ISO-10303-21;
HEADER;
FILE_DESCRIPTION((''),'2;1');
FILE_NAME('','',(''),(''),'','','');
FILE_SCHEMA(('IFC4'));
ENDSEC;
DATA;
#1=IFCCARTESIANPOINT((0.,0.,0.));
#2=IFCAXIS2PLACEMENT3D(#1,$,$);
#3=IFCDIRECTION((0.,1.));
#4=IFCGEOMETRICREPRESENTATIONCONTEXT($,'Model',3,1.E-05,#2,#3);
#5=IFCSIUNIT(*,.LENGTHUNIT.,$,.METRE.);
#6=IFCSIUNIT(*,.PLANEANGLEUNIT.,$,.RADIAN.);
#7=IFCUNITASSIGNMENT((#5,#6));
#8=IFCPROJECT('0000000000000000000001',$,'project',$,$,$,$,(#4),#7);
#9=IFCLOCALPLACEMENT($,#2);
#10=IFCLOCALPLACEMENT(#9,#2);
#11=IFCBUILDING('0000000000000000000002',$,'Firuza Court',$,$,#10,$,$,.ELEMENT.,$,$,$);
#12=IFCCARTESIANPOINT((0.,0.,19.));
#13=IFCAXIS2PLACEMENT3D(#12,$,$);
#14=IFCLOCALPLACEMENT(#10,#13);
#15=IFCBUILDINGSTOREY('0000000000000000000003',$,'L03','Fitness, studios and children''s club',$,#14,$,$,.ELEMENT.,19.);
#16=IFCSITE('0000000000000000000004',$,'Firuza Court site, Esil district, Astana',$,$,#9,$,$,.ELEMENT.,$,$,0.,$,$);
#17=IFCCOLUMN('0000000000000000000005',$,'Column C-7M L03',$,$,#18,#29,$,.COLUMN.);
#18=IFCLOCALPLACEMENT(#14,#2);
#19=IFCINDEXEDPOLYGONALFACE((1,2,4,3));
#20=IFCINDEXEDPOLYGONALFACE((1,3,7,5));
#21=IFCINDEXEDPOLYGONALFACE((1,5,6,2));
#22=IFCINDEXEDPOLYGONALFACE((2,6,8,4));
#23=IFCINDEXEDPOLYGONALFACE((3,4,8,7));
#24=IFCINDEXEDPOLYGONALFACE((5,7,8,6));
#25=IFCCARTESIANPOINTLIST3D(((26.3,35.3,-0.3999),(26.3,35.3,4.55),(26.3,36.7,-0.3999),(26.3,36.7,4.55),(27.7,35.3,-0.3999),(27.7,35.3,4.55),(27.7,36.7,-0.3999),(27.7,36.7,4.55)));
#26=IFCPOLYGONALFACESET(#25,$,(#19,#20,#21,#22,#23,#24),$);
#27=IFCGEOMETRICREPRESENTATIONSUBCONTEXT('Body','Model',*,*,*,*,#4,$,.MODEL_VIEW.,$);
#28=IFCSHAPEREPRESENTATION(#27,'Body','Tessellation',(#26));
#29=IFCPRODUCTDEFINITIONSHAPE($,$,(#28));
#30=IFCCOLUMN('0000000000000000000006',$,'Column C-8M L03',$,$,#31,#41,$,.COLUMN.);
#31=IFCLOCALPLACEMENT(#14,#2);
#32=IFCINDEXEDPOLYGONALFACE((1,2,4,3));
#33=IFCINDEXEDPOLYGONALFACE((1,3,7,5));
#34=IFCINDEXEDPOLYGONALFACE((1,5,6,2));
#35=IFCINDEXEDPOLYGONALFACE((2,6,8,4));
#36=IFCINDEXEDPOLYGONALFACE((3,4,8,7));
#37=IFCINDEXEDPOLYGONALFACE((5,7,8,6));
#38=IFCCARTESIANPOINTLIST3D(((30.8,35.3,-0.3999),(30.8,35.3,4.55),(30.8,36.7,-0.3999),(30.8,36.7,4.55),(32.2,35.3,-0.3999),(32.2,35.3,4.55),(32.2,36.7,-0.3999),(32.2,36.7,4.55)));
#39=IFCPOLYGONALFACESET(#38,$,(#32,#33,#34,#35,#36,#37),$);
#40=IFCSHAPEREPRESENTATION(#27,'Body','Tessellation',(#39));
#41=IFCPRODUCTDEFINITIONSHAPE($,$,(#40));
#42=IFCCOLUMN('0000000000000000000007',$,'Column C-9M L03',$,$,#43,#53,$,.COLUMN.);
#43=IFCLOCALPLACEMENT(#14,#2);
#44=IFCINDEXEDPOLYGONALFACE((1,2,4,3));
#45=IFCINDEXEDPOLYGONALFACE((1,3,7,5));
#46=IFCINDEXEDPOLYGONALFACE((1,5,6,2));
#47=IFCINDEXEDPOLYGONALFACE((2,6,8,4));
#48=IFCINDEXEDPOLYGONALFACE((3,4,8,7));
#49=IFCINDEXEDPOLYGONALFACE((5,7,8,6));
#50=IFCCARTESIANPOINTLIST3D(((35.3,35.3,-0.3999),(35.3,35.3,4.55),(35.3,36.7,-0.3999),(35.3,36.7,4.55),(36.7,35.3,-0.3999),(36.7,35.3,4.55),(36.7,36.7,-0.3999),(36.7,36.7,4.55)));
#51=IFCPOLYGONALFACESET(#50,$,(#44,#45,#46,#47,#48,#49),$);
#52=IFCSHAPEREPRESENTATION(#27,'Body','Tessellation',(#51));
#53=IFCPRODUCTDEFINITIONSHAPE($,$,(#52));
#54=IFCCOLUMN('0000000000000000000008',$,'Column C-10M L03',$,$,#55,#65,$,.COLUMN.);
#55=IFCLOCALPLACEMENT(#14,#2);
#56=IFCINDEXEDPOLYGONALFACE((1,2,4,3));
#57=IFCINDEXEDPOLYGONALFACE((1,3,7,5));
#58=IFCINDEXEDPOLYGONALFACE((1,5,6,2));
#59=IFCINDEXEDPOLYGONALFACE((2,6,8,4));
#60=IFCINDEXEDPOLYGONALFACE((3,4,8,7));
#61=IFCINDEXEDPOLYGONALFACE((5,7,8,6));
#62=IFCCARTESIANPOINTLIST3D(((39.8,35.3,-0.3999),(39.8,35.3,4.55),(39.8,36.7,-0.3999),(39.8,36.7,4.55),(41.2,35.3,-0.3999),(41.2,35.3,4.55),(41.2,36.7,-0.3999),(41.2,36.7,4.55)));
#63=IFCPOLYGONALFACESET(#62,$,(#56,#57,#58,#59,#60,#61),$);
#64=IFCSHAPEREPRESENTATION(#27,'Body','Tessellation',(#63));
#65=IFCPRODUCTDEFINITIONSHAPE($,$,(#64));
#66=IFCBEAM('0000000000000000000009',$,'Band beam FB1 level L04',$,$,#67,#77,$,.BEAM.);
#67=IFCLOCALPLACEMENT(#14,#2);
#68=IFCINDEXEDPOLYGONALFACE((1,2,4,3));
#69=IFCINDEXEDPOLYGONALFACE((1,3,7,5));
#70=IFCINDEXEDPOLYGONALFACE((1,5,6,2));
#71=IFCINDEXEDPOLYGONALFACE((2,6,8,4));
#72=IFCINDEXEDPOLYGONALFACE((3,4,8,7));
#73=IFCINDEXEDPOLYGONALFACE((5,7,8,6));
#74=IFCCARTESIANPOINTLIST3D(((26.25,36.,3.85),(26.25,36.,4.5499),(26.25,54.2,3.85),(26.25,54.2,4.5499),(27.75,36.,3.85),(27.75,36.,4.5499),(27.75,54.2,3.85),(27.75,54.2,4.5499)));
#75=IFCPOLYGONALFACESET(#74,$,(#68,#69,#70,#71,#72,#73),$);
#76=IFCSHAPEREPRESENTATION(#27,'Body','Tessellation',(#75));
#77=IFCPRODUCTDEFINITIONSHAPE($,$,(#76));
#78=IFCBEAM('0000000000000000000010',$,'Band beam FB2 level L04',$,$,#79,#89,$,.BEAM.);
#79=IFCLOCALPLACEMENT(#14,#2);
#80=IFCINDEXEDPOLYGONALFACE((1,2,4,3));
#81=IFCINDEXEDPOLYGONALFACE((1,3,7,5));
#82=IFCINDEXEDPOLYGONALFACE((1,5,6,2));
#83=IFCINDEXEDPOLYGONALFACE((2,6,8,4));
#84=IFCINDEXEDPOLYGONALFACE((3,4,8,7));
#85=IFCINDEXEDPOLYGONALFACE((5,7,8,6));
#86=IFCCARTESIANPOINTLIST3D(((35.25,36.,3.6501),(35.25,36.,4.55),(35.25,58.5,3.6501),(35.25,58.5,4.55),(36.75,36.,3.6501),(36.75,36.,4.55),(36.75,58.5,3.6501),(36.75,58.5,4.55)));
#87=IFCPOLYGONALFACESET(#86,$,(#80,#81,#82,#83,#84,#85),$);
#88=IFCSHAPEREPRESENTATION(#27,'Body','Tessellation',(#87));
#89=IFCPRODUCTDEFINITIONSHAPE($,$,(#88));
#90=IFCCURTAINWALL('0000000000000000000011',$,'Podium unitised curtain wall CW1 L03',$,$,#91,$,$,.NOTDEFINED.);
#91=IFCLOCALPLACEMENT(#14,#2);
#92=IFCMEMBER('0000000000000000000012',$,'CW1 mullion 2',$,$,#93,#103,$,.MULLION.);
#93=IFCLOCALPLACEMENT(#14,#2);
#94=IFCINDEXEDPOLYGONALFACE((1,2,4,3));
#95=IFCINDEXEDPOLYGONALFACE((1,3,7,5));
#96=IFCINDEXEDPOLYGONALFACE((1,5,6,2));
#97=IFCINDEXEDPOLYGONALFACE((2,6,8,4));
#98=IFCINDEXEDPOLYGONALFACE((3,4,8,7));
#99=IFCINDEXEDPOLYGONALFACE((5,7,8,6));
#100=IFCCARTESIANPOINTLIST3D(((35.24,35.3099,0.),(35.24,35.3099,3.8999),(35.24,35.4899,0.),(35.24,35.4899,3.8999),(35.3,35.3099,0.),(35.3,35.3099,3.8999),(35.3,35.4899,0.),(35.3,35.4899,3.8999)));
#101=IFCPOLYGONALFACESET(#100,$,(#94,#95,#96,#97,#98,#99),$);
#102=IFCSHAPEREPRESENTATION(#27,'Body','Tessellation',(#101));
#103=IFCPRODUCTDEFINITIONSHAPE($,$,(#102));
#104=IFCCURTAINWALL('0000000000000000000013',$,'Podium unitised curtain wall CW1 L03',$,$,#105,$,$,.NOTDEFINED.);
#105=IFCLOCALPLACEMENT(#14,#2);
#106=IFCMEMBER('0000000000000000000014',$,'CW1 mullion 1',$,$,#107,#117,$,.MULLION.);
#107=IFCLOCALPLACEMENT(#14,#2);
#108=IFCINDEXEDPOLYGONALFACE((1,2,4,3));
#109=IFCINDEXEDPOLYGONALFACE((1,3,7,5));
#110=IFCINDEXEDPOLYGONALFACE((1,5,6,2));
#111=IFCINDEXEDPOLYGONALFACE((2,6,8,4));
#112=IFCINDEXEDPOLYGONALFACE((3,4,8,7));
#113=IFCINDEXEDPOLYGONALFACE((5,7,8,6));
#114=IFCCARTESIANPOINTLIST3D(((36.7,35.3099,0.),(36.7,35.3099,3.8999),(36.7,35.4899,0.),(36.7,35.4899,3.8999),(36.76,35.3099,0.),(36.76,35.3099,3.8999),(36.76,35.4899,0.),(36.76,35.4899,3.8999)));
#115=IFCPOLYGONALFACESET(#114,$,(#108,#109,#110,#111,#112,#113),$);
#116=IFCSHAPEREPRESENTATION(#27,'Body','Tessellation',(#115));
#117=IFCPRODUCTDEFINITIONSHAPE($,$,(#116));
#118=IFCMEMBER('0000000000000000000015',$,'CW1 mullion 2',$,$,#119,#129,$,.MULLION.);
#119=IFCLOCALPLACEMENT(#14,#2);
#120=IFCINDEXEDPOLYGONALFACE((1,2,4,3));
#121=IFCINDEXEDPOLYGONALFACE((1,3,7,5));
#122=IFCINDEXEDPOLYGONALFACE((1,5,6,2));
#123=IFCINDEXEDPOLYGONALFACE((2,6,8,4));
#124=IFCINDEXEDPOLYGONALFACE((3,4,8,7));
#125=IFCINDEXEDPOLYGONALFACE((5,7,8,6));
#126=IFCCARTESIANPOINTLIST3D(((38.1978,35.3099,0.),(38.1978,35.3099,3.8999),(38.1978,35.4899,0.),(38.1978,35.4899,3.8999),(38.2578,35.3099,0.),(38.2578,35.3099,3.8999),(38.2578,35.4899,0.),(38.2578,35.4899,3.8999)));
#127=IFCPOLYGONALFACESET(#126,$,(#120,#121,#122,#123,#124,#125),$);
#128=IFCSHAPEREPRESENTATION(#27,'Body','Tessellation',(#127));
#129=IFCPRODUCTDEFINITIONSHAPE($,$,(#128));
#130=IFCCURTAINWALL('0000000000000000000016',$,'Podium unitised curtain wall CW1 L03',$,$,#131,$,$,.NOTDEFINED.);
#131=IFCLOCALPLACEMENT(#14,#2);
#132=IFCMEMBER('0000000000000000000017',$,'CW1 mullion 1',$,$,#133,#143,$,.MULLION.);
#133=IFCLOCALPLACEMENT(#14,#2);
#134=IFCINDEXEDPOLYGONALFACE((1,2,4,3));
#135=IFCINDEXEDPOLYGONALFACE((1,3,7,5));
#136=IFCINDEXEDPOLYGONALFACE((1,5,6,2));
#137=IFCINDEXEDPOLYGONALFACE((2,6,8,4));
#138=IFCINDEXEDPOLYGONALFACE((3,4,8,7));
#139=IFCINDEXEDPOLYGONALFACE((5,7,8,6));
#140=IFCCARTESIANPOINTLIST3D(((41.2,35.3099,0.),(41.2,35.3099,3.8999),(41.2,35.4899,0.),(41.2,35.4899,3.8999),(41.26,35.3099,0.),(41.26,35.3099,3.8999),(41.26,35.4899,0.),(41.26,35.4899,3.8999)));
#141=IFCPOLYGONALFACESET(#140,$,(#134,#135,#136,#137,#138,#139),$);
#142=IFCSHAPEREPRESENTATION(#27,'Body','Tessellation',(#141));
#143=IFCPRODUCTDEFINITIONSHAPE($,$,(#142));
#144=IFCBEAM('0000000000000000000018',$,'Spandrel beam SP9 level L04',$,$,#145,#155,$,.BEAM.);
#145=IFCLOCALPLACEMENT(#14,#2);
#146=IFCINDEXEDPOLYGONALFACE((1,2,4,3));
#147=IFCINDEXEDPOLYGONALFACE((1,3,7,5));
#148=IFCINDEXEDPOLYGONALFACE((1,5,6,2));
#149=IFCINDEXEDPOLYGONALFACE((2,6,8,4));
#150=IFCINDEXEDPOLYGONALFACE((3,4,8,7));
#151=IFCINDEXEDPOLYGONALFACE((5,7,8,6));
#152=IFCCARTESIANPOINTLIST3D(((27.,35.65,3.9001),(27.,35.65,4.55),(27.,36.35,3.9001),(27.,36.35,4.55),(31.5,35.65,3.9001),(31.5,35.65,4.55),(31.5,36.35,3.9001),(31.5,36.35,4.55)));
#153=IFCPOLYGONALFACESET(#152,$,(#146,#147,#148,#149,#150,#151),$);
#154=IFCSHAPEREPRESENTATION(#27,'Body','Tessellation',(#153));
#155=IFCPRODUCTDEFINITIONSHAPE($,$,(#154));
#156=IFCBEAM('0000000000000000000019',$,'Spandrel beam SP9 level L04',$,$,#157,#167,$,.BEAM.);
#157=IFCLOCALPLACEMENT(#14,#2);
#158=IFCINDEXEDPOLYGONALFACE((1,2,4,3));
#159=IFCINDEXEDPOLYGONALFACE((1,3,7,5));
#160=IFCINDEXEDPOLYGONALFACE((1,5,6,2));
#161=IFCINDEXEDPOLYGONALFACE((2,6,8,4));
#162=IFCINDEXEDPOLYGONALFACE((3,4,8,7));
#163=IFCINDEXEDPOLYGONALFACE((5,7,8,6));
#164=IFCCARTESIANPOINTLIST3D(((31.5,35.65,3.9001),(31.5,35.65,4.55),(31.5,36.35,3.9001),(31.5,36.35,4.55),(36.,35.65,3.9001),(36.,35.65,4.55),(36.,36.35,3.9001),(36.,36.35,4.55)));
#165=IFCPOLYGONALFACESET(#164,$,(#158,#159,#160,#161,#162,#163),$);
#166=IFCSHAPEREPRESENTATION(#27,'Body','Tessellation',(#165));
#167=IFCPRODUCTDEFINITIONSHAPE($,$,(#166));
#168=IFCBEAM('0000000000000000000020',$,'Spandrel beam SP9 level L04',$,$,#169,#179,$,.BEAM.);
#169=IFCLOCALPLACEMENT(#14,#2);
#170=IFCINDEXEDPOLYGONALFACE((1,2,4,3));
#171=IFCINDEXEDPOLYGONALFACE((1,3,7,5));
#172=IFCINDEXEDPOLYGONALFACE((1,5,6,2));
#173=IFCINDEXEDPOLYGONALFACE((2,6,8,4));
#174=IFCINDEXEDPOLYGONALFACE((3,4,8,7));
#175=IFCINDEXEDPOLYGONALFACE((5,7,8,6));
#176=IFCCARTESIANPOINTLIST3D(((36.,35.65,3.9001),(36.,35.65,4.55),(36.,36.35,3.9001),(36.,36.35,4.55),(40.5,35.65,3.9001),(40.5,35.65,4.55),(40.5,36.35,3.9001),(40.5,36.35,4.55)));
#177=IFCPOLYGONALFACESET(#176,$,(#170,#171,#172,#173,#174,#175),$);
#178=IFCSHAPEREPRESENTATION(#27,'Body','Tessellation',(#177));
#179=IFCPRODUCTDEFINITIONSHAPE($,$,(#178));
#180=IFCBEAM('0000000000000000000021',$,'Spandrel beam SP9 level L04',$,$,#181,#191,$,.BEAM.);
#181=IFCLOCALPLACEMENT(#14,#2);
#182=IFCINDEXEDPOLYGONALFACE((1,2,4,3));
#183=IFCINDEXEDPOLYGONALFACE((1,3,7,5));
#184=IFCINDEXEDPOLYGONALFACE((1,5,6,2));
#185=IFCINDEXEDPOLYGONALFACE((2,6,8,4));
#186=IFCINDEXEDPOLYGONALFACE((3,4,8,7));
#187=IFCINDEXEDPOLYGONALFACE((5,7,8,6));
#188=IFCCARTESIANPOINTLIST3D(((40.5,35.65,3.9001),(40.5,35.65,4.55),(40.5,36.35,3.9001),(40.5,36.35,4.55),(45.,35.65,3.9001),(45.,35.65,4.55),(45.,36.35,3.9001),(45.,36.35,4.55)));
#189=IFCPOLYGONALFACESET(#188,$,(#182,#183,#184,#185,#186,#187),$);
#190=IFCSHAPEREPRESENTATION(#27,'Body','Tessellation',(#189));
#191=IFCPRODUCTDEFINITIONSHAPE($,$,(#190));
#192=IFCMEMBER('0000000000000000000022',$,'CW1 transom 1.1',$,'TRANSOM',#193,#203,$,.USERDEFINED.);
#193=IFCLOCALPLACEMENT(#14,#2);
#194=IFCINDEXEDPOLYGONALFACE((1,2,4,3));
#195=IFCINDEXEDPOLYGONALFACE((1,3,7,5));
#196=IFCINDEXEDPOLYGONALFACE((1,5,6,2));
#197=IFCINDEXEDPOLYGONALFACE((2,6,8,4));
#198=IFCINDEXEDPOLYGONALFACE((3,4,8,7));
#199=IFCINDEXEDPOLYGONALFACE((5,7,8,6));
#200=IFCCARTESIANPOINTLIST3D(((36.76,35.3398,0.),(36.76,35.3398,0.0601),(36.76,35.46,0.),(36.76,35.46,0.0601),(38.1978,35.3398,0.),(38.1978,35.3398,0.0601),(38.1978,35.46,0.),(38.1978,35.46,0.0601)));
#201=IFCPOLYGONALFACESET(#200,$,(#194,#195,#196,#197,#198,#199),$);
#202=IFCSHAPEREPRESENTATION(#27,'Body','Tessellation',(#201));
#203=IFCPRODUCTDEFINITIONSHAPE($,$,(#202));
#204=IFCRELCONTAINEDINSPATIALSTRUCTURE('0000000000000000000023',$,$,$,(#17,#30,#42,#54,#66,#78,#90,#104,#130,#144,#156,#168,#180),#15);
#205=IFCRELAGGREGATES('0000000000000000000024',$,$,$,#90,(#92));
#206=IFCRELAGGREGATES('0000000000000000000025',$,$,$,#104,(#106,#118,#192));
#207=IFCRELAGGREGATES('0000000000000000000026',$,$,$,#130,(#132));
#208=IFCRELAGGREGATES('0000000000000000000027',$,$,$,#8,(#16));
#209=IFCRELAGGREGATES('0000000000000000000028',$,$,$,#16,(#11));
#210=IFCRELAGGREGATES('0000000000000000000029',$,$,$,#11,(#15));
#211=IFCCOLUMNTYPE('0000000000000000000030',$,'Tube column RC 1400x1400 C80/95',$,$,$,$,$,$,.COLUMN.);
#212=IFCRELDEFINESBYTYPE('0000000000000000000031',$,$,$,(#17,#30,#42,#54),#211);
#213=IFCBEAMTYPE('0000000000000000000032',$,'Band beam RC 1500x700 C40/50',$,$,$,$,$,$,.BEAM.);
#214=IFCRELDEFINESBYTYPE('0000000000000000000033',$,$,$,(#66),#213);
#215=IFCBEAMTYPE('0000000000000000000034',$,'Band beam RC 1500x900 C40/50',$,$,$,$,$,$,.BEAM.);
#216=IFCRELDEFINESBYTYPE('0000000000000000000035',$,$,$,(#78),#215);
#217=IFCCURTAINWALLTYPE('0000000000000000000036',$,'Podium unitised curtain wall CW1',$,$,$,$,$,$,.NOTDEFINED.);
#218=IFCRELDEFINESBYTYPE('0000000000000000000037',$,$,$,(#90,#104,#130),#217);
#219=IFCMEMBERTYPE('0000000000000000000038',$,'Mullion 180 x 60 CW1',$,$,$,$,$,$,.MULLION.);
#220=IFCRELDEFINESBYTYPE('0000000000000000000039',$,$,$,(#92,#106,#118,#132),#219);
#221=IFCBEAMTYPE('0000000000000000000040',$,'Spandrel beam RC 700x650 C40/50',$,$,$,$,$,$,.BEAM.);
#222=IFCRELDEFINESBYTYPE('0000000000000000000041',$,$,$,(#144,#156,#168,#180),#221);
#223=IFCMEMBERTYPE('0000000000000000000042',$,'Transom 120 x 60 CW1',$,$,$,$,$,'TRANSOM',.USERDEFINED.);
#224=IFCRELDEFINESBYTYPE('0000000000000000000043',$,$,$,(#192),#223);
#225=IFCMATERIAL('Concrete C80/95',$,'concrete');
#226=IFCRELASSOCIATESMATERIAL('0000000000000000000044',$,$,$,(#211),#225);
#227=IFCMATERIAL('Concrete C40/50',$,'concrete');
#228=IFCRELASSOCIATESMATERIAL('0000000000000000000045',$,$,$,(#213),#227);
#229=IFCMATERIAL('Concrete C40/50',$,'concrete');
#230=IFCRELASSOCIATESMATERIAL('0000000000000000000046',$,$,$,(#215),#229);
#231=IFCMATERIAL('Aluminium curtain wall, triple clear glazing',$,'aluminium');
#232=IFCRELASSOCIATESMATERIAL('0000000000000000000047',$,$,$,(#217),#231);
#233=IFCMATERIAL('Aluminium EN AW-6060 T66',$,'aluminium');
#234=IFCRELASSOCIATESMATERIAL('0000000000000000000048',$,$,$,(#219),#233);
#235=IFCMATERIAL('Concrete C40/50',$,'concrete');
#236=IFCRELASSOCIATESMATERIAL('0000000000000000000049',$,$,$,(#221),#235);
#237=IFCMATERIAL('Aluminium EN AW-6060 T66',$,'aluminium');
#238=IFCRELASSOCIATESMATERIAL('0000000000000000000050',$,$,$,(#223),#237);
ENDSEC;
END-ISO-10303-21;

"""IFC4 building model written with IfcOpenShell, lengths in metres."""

from ifc_helpers import new_model, si_unit, direction, frame, origin, origin_2d, place, context, subcontext, project, spatial, rectangle, extrude, material, material_profile, profile_set, type_object, element, aggregate, save


model = new_model("IFC4")

# Units and contexts
model_context = context("Model", 3, precision=1e-05, world=origin(), true_north=direction((0.0, 1.0)))
body_context = subcontext(model_context, "Body", "Model", "MODEL_VIEW")
ifc_project = project(units=[si_unit("LENGTHUNIT", "METRE"), si_unit("PLANEANGLEUNIT", "RADIAN")], contexts=[model_context])

# Site, building, storey
site_placement = place(None, origin())
site = spatial("IfcSite", under=ifc_project, at=site_placement, Name="Firuza Court site, Esil district, Astana", CompositionType="ELEMENT", RefElevation=0.0)
building_placement = place(site_placement, origin())
building = spatial("IfcBuilding", under=site, at=building_placement, Name="Firuza Court", CompositionType="ELEMENT")
storey_placement = place(building_placement, frame((0.0, 0.0, 19.0)))
storey = spatial("IfcBuildingStorey", under=building, at=storey_placement, Name="L03", Description="Fitness, studios and children's club", CompositionType="ELEMENT", Elevation=19.0)

# Columns
ifc_material_1 = material(Name="Concrete C80/95", Category="concrete")
ifc_material_profile_1 = material_profile(ifc_material_1, rectangle(XDim=1.3999, YDim=1.3999, at=origin_2d()), Name="RC 1400x1400")
ifc_profile_set_1 = profile_set([ifc_material_profile_1], Name="Concrete C80/95")
column_type = type_object("IfcColumnType", Name="Tube column RC 1400x1400 C80/95", PredefinedType="COLUMN", material=ifc_profile_set_1)
for number, where, z_axis, x_axis, name in (
    (1, (27.0, 36.0, -0.3999), (0.0, 0.0, 1.0), (1.0, 0.0, 0.0), "Column C-7M L03"),
    (2, (31.5, 36.0, -0.3999), (0.0, 0.0, 1.0), (1.0, 0.0, 0.0), "Column C-8M L03"),
    (3, (36.0, 36.0, -0.3999), (0.0, 0.0, 1.0), (1.0, 0.0, 0.0), "Column C-9M L03"),
    (4, (40.5, 36.0, -0.3999), (0.0, 0.0, 1.0), (1.0, 0.0, 0.0), "Column C-10M L03"),
):
    element("IfcColumn", number, at=place(storey_placement, frame(where, z_axis=z_axis, x_axis=x_axis)), inside=storey, type_object=column_type, Name=name, PredefinedType="COLUMN", context=body_context, shape_type="SweptSolid", body=[
        extrude(rectangle(XDim=1.3999, YDim=1.3999, at=origin_2d()), origin(), (0.0, 0.0, 1.0), 4.95),
    ])

# Beams
ifc_material_2 = material(Name="Concrete C40/50", Category="concrete")
ifc_material_profile_2 = material_profile(ifc_material_2, rectangle(XDim=1.5, YDim=0.7, at=origin_2d()), Name="RC 1500x700")
ifc_profile_set_2 = profile_set([ifc_material_profile_2], Name="Concrete C40/50")
beam_type_1 = type_object("IfcBeamType", Name="Band beam RC 1500x700 C40/50", PredefinedType="BEAM", material=ifc_profile_set_2)
beam_1_placement = place(storey_placement, frame((27.0, 36.0, 4.2), z_axis=(0.0, 1.0, 0.0), x_axis=(-1.0, 0.0, 0.0)))
element("IfcBeam", 5, at=beam_1_placement, inside=storey, type_object=beam_type_1, Name="Band beam FB1 level L04", PredefinedType="BEAM", context=body_context, shape_type="SweptSolid", body=[
    extrude(rectangle(XDim=1.5, YDim=0.7, at=origin_2d()), origin(), (0.0, 0.0, 1.0), 18.2),
])
ifc_material_3 = material(Name="Concrete C40/50", Category="concrete")
ifc_material_profile_3 = material_profile(ifc_material_3, rectangle(XDim=1.5, YDim=0.8999, at=origin_2d()), Name="RC 1500x900")
ifc_profile_set_3 = profile_set([ifc_material_profile_3], Name="Concrete C40/50")
beam_type_2 = type_object("IfcBeamType", Name="Band beam RC 1500x900 C40/50", PredefinedType="BEAM", material=ifc_profile_set_3)
beam_2_placement = place(storey_placement, frame((36.0, 36.0, 4.1001), z_axis=(0.0, 1.0, 0.0), x_axis=(-1.0, 0.0, 0.0)))
element("IfcBeam", 6, at=beam_2_placement, inside=storey, type_object=beam_type_2, Name="Band beam FB2 level L04", PredefinedType="BEAM", context=body_context, shape_type="SweptSolid", body=[
    extrude(rectangle(XDim=1.5, YDim=0.8999, at=origin_2d()), origin(), (0.0, 0.0, 1.0), 22.5),
])

# Curtain wall, member
ifc_material_4 = material(Name="Aluminium curtain wall, triple clear glazing", Category="aluminium")
curtain_wall_type = type_object("IfcCurtainWallType", Name="Podium unitised curtain wall CW1", PredefinedType="NOTDEFINED", material=ifc_material_4)
curtain_wall_1_placement = place(storey_placement, origin())
curtain_wall_1 = element("IfcCurtainWall", 7, at=curtain_wall_1_placement, inside=storey, type_object=curtain_wall_type, Name="Podium unitised curtain wall CW1 L03", PredefinedType="NOTDEFINED")
ifc_material_5 = material(Name="Aluminium EN AW-6060 T66", Category="aluminium")
ifc_material_profile_4 = material_profile(ifc_material_5, rectangle(XDim=0.1799, YDim=0.0601, at=origin_2d()), Name="Mullion 180 x 60 CW1")
ifc_profile_set_4 = profile_set([ifc_material_profile_4], Name="Aluminium EN AW-6060 T66")
member_type_1 = type_object("IfcMemberType", Name="Mullion 180 x 60 CW1", PredefinedType="MULLION", material=ifc_profile_set_4)
member_1_placement = place(storey_placement, frame((35.27, 35.3999, 0.0), z_axis=(0.0, 0.0, 1.0), x_axis=(0.0, 1.0, 0.0)))
member_1 = element("IfcMember", 8, at=member_1_placement, type_object=member_type_1, Name="CW1 mullion 2", PredefinedType="MULLION", context=body_context, shape_type="SweptSolid", body=[
    extrude(rectangle(XDim=0.1799, YDim=0.0601, at=origin_2d()), origin(), (0.0, 0.0, 1.0), 3.8999),
])
aggregate(curtain_wall_1, [member_1])

# Curtain wall, members
curtain_wall_2_placement = place(storey_placement, origin())
curtain_wall_2 = element("IfcCurtainWall", 9, at=curtain_wall_2_placement, inside=storey, type_object=curtain_wall_type, Name="Podium unitised curtain wall CW1 L03", PredefinedType="NOTDEFINED")
member_2_placement = place(storey_placement, frame((36.73, 35.3999, 0.0), z_axis=(0.0, 0.0, 1.0), x_axis=(0.0, 1.0, 0.0)))
member_2 = element("IfcMember", 10, at=member_2_placement, type_object=member_type_1, Name="CW1 mullion 1", PredefinedType="MULLION", context=body_context, shape_type="SweptSolid", body=[
    extrude(rectangle(XDim=0.1799, YDim=0.0601, at=origin_2d()), origin(), (0.0, 0.0, 1.0), 3.8999),
])
member_3_placement = place(storey_placement, frame((38.2278, 35.3999, 0.0), z_axis=(0.0, 0.0, 1.0), x_axis=(0.0, 1.0, 0.0)))
member_3 = element("IfcMember", 11, at=member_3_placement, type_object=member_type_1, Name="CW1 mullion 2", PredefinedType="MULLION", context=body_context, shape_type="SweptSolid", body=[
    extrude(rectangle(XDim=0.1799, YDim=0.0601, at=origin_2d()), origin(), (0.0, 0.0, 1.0), 3.8999),
])

# Curtain wall, member
curtain_wall_3_placement = place(storey_placement, origin())
curtain_wall_3 = element("IfcCurtainWall", 12, at=curtain_wall_3_placement, inside=storey, type_object=curtain_wall_type, Name="Podium unitised curtain wall CW1 L03", PredefinedType="NOTDEFINED")
member_4_placement = place(storey_placement, frame((41.23, 35.3999, 0.0), z_axis=(0.0, 0.0, 1.0), x_axis=(0.0, 1.0, 0.0)))
member_4 = element("IfcMember", 13, at=member_4_placement, type_object=member_type_1, Name="CW1 mullion 1", PredefinedType="MULLION", context=body_context, shape_type="SweptSolid", body=[
    extrude(rectangle(XDim=0.1799, YDim=0.0601, at=origin_2d()), origin(), (0.0, 0.0, 1.0), 3.8999),
])

# Beams
ifc_material_6 = material(Name="Concrete C40/50", Category="concrete")
ifc_material_profile_5 = material_profile(ifc_material_6, rectangle(XDim=0.7, YDim=0.6499, at=origin_2d()), Name="RC 700x650")
ifc_profile_set_5 = profile_set([ifc_material_profile_5], Name="Concrete C40/50")
beam_type_3 = type_object("IfcBeamType", Name="Spandrel beam RC 700x650 C40/50", PredefinedType="BEAM", material=ifc_profile_set_5)
for number, where, z_axis, x_axis, name in (
    (14, (27.0, 36.0, 4.2251), (1.0, 0.0, 0.0), (0.0, 1.0, 0.0), "Spandrel beam SP9 level L04"),
    (15, (31.5, 36.0, 4.2251), (1.0, 0.0, 0.0), (0.0, 1.0, 0.0), "Spandrel beam SP9 level L04"),
    (16, (36.0, 36.0, 4.2251), (1.0, 0.0, 0.0), (0.0, 1.0, 0.0), "Spandrel beam SP9 level L04"),
    (17, (40.5, 36.0, 4.2251), (1.0, 0.0, 0.0), (0.0, 1.0, 0.0), "Spandrel beam SP9 level L04"),
):
    element("IfcBeam", number, at=place(storey_placement, frame(where, z_axis=z_axis, x_axis=x_axis)), inside=storey, type_object=beam_type_3, Name=name, PredefinedType="BEAM", context=body_context, shape_type="SweptSolid", body=[
        extrude(rectangle(XDim=0.7, YDim=0.6499, at=origin_2d()), origin(), (0.0, 0.0, 1.0), 4.5),
    ])

# Member
ifc_material_7 = material(Name="Aluminium EN AW-6060 T66", Category="aluminium")
ifc_material_profile_6 = material_profile(ifc_material_7, rectangle(XDim=0.1201, YDim=0.0601, at=origin_2d()), Name="Transom 120 x 60 CW1")
ifc_profile_set_6 = profile_set([ifc_material_profile_6], Name="Aluminium EN AW-6060 T66")
member_type_2 = type_object("IfcMemberType", Name="Transom 120 x 60 CW1", ElementType="TRANSOM", PredefinedType="USERDEFINED", material=ifc_profile_set_6)
member_5_placement = place(storey_placement, frame((36.76, 35.3999, 0.03), z_axis=(1.0, 0.0, 0.0), x_axis=(0.0, 1.0, 0.0)))
member_5 = element("IfcMember", 18, at=member_5_placement, type_object=member_type_2, Name="CW1 transom 1.1", ObjectType="TRANSOM", PredefinedType="USERDEFINED", context=body_context, shape_type="SweptSolid", body=[
    extrude(rectangle(XDim=0.1201, YDim=0.0601, at=origin_2d()), origin(), (0.0, 0.0, 1.0), 1.4377),
])

aggregate(curtain_wall_2, [member_2, member_3, member_5])
aggregate(curtain_wall_3, [member_4])

save(model, "model.ifc")
